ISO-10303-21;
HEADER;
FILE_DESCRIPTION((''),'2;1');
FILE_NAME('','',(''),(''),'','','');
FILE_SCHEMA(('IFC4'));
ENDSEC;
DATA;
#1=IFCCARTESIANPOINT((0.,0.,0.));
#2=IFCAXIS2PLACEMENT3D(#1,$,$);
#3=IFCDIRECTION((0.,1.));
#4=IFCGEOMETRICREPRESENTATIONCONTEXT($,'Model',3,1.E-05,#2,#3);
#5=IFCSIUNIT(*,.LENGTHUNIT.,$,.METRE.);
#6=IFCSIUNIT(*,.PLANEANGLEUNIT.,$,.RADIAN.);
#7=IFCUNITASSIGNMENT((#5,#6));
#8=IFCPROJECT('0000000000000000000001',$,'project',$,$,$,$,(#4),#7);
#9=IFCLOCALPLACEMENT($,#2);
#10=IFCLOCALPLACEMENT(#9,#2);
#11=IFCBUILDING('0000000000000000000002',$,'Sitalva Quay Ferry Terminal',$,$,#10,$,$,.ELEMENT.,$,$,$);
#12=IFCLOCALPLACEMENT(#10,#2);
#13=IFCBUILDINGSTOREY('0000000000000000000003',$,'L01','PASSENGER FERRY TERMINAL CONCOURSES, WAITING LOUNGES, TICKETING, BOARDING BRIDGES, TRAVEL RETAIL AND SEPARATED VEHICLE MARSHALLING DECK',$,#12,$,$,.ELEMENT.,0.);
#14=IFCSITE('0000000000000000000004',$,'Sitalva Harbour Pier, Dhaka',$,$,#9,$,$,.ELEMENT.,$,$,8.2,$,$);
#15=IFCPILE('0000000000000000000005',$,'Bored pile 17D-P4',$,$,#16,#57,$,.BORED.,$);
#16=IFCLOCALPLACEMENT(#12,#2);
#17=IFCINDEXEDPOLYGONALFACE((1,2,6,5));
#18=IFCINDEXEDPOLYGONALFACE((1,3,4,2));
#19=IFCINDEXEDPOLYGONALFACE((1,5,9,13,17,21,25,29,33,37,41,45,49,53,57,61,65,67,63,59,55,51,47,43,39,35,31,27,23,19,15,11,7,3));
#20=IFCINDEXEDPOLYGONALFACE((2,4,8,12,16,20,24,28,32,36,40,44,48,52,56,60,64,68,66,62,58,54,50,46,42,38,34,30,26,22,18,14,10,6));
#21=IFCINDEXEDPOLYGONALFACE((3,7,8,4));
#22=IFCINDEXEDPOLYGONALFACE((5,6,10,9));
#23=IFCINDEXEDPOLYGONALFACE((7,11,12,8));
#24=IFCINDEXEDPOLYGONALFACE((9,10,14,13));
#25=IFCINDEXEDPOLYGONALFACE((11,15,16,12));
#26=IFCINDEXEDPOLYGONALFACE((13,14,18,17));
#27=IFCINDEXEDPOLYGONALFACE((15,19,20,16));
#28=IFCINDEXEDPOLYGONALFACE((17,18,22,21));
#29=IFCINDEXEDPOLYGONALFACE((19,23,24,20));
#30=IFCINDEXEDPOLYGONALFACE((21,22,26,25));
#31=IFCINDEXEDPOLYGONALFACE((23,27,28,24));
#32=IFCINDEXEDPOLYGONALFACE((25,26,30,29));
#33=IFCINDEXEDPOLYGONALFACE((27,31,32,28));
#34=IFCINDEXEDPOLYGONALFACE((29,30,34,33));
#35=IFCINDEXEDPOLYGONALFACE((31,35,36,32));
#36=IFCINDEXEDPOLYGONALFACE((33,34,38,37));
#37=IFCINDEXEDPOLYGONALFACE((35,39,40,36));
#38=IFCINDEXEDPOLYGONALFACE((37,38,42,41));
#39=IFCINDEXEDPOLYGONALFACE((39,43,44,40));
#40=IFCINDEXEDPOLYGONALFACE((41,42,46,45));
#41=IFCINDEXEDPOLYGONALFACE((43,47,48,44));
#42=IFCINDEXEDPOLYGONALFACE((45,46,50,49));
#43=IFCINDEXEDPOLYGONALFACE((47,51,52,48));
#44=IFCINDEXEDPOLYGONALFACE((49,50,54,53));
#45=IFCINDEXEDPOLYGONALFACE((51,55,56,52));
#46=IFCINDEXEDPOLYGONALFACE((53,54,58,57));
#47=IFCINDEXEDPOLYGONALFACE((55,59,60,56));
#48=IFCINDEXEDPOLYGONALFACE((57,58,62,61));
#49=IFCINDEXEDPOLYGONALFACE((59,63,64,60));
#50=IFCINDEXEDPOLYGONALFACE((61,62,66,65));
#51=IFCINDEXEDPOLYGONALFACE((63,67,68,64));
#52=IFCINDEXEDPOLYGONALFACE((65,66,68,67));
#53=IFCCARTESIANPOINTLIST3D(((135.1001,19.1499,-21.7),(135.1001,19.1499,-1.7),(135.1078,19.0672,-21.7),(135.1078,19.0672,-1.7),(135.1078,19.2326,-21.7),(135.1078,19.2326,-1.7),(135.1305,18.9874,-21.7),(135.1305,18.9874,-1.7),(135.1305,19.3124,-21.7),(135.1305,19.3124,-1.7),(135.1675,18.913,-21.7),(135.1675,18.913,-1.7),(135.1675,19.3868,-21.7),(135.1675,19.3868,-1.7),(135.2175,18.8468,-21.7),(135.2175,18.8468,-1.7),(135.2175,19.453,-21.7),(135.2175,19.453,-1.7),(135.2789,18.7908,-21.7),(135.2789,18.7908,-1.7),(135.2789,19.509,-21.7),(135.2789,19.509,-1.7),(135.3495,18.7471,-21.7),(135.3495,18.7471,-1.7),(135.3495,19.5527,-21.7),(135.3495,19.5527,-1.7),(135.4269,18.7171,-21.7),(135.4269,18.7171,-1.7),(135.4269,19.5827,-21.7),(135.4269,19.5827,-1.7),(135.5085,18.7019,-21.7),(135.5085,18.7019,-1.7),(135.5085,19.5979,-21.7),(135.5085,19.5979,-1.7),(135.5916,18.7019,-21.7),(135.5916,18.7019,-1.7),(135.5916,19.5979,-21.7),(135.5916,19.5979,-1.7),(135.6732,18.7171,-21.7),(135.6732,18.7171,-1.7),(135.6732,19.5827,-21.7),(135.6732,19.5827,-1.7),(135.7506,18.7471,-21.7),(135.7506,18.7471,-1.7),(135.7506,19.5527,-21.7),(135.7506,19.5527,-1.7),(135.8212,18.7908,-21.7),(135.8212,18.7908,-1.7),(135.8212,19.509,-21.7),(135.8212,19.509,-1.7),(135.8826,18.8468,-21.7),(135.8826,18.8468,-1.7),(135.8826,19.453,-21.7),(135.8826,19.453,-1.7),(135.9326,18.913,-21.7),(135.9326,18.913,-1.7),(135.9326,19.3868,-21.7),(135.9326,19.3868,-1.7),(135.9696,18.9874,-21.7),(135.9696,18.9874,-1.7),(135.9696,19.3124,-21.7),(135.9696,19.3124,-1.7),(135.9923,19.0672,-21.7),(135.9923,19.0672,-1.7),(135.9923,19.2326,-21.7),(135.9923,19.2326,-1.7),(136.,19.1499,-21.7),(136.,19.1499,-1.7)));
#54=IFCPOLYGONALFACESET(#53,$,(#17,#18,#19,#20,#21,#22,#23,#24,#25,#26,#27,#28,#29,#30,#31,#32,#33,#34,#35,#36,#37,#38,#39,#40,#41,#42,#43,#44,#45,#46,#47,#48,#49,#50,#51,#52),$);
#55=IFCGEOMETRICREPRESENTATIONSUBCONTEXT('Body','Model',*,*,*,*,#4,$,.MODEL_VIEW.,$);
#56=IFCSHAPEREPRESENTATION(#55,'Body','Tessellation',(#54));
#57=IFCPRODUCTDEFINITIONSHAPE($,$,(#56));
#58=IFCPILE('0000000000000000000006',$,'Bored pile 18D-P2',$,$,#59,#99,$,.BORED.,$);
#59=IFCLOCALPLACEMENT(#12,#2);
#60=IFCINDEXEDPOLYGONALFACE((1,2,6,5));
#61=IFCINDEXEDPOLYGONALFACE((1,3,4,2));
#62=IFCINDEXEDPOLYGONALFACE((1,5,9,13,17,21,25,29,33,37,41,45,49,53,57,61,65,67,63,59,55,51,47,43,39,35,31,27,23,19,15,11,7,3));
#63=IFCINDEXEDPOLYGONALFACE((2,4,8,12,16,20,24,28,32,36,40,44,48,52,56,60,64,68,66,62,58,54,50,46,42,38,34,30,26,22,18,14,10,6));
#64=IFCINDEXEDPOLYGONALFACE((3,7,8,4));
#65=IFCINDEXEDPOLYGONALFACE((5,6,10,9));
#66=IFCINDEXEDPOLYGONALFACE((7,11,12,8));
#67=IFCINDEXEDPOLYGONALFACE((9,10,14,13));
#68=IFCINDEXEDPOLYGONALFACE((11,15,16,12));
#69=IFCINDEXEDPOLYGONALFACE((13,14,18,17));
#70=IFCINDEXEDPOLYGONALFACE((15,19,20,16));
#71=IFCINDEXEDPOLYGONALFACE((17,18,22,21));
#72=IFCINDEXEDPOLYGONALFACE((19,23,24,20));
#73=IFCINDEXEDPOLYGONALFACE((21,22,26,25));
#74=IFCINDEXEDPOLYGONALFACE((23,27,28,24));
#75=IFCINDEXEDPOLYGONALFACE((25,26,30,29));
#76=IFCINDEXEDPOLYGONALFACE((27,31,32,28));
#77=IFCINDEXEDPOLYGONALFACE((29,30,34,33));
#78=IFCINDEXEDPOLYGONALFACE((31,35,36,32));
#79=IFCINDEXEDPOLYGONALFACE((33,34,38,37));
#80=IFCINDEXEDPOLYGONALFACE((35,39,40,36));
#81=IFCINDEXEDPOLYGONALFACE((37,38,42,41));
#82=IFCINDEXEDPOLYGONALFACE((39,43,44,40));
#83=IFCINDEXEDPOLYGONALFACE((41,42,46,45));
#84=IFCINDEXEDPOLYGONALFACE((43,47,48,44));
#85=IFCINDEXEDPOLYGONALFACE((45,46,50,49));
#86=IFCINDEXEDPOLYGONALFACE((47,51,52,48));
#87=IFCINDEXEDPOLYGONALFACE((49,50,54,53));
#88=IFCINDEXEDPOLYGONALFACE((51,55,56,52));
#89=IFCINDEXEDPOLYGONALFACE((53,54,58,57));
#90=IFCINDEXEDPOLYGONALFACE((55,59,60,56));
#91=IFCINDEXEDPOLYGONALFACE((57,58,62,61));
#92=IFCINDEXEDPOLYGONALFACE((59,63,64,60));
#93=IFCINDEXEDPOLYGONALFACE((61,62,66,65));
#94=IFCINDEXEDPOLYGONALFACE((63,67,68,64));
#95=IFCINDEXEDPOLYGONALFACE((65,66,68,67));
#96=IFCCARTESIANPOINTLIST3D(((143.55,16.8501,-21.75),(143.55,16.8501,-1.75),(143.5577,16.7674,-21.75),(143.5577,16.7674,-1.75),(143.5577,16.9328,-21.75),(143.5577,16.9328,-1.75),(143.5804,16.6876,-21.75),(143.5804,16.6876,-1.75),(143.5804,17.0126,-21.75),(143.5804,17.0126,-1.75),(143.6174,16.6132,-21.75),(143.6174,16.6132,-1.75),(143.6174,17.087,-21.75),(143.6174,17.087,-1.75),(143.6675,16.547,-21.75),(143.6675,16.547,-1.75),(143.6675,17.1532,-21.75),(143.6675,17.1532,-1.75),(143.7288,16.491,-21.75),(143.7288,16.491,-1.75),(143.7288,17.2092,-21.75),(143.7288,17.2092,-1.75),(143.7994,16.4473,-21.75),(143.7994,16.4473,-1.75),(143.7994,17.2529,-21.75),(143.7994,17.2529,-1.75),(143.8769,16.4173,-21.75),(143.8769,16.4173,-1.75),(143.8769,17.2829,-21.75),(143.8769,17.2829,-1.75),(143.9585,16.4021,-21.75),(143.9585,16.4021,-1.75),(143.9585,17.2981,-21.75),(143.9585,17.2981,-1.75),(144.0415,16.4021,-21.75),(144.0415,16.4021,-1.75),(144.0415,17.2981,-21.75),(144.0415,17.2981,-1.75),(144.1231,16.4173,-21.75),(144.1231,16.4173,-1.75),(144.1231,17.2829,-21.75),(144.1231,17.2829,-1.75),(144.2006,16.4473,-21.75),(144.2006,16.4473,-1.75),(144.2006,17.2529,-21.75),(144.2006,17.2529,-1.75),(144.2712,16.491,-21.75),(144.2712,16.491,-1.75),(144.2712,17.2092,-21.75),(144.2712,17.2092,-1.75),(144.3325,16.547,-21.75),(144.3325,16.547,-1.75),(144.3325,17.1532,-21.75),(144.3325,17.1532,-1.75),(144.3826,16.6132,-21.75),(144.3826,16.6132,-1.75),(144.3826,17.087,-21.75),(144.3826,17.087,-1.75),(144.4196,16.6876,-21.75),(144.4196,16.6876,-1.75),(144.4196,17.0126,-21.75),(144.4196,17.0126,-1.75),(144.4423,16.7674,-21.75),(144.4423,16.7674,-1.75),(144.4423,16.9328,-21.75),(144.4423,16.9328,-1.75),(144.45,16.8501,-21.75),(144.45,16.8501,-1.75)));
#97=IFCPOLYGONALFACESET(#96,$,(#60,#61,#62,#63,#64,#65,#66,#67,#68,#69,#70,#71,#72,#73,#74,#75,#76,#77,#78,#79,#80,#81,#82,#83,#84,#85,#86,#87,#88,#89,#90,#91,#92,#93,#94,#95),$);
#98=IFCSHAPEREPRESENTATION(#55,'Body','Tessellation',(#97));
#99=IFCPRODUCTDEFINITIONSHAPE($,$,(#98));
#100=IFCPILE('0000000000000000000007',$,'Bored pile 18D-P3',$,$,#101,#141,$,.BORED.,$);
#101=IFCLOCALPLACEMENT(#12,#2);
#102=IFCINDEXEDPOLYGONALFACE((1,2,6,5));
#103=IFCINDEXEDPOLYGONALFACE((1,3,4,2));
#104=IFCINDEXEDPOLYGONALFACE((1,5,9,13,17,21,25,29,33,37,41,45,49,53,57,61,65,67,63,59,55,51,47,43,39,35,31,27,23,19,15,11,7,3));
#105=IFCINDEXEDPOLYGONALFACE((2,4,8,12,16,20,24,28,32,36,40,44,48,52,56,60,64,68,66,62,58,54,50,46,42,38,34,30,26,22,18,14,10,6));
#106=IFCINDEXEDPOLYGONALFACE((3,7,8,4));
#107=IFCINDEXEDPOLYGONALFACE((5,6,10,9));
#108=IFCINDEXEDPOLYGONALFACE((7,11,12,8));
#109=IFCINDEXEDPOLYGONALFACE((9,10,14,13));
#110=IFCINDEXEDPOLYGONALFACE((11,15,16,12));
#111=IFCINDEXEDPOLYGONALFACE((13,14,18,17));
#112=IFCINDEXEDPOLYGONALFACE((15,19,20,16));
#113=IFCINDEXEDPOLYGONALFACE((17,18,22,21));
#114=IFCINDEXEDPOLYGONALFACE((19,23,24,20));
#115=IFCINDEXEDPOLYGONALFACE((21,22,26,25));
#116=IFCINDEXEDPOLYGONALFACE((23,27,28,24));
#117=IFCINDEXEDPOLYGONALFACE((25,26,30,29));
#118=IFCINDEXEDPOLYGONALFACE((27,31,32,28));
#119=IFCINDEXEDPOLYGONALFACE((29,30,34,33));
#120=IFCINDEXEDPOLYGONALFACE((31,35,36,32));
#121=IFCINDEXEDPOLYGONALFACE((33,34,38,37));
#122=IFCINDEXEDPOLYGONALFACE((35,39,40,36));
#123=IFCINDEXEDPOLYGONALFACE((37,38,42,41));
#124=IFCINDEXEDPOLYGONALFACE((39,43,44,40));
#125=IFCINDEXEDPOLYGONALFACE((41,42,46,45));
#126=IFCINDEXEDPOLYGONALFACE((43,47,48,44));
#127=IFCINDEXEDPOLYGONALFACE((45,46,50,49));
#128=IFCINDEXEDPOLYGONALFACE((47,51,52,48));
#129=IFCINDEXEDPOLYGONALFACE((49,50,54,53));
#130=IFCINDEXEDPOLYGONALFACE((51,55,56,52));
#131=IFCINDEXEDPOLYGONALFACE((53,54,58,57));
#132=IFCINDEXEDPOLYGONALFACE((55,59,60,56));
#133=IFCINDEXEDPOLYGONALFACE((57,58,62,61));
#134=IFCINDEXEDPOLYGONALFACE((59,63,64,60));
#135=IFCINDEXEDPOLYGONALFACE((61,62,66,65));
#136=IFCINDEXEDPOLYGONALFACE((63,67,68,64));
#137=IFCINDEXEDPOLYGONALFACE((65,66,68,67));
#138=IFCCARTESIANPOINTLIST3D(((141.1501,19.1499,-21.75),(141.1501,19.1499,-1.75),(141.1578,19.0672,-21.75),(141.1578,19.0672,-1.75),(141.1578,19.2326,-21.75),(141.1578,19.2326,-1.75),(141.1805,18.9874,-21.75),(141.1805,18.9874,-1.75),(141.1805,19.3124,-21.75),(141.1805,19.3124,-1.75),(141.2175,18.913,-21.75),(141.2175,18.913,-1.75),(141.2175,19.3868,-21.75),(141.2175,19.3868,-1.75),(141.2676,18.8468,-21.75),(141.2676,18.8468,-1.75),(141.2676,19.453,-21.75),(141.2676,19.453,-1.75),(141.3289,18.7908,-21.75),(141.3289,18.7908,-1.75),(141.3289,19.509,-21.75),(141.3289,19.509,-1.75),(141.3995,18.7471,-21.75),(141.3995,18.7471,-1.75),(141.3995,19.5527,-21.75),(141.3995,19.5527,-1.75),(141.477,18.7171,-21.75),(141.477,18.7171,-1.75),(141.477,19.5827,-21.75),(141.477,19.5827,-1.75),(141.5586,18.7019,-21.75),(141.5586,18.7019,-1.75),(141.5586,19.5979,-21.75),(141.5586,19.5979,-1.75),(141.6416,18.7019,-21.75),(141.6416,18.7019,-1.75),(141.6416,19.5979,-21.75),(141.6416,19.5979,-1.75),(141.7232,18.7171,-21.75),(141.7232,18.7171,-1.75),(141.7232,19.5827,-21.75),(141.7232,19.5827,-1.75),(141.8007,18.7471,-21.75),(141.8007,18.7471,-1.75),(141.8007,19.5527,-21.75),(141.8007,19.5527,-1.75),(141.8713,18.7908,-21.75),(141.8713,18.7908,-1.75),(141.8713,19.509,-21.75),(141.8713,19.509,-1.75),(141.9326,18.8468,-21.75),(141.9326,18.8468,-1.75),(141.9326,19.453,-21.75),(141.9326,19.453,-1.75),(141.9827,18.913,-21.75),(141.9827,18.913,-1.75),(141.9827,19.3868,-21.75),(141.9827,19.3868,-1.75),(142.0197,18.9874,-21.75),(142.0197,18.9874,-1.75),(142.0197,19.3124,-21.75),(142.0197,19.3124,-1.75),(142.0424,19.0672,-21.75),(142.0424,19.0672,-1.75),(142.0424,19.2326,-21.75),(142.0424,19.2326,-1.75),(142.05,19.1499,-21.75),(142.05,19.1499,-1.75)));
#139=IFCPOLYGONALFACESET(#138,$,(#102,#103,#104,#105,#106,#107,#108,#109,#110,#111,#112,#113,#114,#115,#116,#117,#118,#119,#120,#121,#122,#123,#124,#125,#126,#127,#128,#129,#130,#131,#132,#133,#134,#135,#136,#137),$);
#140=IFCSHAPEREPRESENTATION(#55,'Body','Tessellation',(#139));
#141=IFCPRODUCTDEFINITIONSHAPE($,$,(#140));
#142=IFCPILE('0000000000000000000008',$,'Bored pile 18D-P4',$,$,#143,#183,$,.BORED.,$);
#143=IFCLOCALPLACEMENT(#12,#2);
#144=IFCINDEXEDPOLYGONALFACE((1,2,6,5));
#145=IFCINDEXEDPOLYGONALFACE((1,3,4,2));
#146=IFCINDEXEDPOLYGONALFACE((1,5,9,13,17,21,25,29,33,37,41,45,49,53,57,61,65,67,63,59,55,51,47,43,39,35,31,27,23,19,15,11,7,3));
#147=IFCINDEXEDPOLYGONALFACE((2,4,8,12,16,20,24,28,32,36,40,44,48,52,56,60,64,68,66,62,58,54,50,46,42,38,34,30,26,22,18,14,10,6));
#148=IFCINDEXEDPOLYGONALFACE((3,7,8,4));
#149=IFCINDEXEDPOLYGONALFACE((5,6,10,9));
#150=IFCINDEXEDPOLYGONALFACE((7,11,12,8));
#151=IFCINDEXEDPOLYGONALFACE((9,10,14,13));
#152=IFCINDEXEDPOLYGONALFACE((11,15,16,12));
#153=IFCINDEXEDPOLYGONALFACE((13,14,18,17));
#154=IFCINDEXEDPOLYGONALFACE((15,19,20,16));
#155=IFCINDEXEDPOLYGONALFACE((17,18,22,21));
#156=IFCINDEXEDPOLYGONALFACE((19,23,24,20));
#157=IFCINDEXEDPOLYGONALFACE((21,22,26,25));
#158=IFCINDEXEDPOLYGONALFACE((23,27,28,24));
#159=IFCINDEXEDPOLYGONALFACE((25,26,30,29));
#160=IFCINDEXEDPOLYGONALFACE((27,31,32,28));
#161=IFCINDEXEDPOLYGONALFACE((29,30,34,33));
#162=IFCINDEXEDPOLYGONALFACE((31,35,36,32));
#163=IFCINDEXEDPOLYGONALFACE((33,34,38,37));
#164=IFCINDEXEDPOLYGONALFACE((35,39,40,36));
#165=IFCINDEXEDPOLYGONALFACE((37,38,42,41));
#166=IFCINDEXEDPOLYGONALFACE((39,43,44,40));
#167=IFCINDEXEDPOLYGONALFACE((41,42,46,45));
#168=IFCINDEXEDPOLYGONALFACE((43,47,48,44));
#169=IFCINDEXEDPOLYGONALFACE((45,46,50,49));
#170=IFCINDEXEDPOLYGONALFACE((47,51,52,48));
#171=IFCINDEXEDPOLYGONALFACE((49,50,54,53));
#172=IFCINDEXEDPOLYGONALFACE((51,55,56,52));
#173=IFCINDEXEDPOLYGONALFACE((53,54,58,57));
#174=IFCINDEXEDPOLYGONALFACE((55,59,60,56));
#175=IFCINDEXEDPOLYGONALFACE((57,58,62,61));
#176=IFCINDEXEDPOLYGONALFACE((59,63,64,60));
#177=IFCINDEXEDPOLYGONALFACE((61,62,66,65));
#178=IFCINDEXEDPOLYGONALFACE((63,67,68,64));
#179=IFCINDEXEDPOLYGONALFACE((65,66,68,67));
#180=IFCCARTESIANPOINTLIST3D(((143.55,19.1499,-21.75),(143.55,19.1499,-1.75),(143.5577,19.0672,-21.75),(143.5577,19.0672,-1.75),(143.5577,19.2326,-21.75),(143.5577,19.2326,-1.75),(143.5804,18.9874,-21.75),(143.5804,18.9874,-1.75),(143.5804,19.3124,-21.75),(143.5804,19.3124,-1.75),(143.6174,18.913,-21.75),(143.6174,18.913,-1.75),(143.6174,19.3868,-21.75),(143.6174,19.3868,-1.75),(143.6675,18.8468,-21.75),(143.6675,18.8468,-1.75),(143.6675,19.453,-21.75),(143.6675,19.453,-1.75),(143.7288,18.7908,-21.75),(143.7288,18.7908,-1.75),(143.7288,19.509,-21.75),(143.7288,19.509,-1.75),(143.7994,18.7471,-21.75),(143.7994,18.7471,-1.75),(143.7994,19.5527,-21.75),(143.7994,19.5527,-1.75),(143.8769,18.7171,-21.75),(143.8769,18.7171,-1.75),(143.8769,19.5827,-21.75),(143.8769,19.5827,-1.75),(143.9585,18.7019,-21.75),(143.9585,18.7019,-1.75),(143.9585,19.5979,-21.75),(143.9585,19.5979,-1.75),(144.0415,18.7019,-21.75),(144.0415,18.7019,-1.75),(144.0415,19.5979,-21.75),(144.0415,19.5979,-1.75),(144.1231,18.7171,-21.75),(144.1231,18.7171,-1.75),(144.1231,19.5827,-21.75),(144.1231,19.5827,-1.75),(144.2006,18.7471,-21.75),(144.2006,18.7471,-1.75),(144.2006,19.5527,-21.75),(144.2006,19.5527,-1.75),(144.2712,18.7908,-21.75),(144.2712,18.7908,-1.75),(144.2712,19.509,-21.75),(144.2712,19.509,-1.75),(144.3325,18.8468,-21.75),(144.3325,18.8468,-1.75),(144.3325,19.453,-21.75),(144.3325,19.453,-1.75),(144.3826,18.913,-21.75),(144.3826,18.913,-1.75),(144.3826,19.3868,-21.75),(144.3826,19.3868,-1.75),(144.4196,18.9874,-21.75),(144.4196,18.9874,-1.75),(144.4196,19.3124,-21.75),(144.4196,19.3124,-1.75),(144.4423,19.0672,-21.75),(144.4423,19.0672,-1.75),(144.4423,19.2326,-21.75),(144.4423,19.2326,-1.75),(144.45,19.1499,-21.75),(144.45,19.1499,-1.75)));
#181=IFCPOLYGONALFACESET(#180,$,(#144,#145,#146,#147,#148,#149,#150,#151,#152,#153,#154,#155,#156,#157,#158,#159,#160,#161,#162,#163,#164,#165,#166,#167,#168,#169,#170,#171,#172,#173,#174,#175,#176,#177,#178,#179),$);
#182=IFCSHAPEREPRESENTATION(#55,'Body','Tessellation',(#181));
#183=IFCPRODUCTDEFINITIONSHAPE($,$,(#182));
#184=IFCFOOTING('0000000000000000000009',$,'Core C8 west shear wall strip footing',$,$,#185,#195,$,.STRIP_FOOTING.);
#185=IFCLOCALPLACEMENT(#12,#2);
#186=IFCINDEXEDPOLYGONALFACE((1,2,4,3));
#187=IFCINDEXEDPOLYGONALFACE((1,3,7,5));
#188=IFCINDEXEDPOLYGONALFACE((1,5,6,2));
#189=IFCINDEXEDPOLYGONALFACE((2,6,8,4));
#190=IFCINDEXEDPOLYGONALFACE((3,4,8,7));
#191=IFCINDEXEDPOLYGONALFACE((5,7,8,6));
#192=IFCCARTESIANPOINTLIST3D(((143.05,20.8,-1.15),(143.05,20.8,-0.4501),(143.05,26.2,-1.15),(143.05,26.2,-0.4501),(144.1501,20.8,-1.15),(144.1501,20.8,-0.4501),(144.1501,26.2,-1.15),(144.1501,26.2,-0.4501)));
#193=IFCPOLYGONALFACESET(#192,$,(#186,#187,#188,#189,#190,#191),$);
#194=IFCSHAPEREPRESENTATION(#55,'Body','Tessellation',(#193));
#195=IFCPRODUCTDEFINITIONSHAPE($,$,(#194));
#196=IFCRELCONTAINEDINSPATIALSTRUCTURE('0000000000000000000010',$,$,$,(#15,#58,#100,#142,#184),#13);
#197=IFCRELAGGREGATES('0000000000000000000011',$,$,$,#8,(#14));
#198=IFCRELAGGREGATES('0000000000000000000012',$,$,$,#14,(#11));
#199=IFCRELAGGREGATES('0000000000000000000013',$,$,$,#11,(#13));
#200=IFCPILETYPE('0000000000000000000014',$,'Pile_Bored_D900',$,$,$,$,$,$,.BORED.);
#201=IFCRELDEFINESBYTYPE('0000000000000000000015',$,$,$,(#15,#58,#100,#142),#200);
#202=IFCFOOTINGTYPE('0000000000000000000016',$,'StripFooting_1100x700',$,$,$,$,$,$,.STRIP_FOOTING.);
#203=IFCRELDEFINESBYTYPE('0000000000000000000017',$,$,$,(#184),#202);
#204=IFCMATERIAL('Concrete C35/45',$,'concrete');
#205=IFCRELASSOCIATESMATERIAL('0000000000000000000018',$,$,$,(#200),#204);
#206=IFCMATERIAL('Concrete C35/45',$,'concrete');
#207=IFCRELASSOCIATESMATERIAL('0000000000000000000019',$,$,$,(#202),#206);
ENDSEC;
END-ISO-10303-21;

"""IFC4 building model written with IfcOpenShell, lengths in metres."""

from ifc_helpers import new_model, si_unit, direction, frame, origin, origin_2d, place, context, subcontext, project, spatial, rectangle, circle, extrude, material, material_profile, profile_set, type_object, element, save


model = new_model("IFC4")

# Units and contexts
model_context = context("Model", 3, precision=1e-05, world=origin(), true_north=direction((0.0, 1.0)))
body_context = subcontext(model_context, "Body", "Model", "MODEL_VIEW")
ifc_project = project(units=[si_unit("LENGTHUNIT", "METRE"), si_unit("PLANEANGLEUNIT", "RADIAN")], contexts=[model_context])

# Site, building, storey
site_placement = place(None, origin())
site = spatial("IfcSite", under=ifc_project, at=site_placement, Name="Sitalva Harbour Pier, Dhaka", CompositionType="ELEMENT", RefElevation=8.2)
building_placement = place(site_placement, origin())
building = spatial("IfcBuilding", under=site, at=building_placement, Name="Sitalva Quay Ferry Terminal", CompositionType="ELEMENT")
storey_placement = place(building_placement, origin())
storey = spatial("IfcBuildingStorey", under=building, at=storey_placement, Name="L01", Description="PASSENGER FERRY TERMINAL CONCOURSES, WAITING LOUNGES, TICKETING, BOARDING BRIDGES, TRAVEL RETAIL AND SEPARATED VEHICLE MARSHALLING DECK", CompositionType="ELEMENT", Elevation=0.0)

# Piles
ifc_material_1 = material(Name="Concrete C35/45", Category="concrete")
ifc_material_profile_1 = material_profile(ifc_material_1, circle(Radius=0.45, at=origin_2d()), Name="PILE-D900")
ifc_profile_set_1 = profile_set([ifc_material_profile_1], Name="Concrete C35/45")
pile_type_1 = type_object("IfcPileType", Name="Pile_Bored_D900", PredefinedType="BORED", material=ifc_profile_set_1)
for number, where, z_axis, x_axis, name in (
    (1, (135.55, 19.1499, -1.7), (0.0, 0.0, -1.0), (1.0, 0.0, 0.0), "Bored pile 17D-P4"),
    (2, (144.0, 16.8501, -1.75), (0.0, 0.0, -1.0), (1.0, 0.0, 0.0), "Bored pile 18D-P2"),
    (3, (141.6001, 19.1499, -1.75), (0.0, 0.0, -1.0), (1.0, 0.0, 0.0), "Bored pile 18D-P3"),
    (4, (144.0, 19.1499, -1.75), (0.0, 0.0, -1.0), (1.0, 0.0, 0.0), "Bored pile 18D-P4"),
):
    element("IfcPile", number, at=place(storey_placement, frame(where, z_axis=z_axis, x_axis=x_axis)), inside=storey, type_object=pile_type_1, Name=name, PredefinedType="BORED", context=body_context, shape_type="SweptSolid", body=[
        extrude(circle(Radius=0.45, at=origin_2d()), origin(), (0.0, 0.0, 1.0), 20.0),
    ])

# Footing
ifc_material_2 = material(Name="Concrete C35/45", Category="concrete")
ifc_material_profile_2 = material_profile(ifc_material_2, rectangle(XDim=1.1001, YDim=0.7, at=origin_2d()), Name="RC1100x700")
ifc_profile_set_2 = profile_set([ifc_material_profile_2], Name="Concrete C35/45")
footing_type_1 = type_object("IfcFootingType", Name="StripFooting_1100x700", PredefinedType="STRIP_FOOTING", material=ifc_profile_set_2)
footing_1_placement = place(storey_placement, frame((143.6001, 20.8, -0.8), z_axis=(0.0, 1.0, 0.0), x_axis=(-1.0, 0.0, 0.0)))
element("IfcFooting", 5, at=footing_1_placement, inside=storey, type_object=footing_type_1, Name="Core C8 west shear wall strip footing", PredefinedType="STRIP_FOOTING", context=body_context, shape_type="SweptSolid", body=[
    extrude(rectangle(XDim=1.1001, YDim=0.7, at=origin_2d()), origin(), (0.0, 0.0, 1.0), 5.3999),
])

save(model, "model.ifc")
